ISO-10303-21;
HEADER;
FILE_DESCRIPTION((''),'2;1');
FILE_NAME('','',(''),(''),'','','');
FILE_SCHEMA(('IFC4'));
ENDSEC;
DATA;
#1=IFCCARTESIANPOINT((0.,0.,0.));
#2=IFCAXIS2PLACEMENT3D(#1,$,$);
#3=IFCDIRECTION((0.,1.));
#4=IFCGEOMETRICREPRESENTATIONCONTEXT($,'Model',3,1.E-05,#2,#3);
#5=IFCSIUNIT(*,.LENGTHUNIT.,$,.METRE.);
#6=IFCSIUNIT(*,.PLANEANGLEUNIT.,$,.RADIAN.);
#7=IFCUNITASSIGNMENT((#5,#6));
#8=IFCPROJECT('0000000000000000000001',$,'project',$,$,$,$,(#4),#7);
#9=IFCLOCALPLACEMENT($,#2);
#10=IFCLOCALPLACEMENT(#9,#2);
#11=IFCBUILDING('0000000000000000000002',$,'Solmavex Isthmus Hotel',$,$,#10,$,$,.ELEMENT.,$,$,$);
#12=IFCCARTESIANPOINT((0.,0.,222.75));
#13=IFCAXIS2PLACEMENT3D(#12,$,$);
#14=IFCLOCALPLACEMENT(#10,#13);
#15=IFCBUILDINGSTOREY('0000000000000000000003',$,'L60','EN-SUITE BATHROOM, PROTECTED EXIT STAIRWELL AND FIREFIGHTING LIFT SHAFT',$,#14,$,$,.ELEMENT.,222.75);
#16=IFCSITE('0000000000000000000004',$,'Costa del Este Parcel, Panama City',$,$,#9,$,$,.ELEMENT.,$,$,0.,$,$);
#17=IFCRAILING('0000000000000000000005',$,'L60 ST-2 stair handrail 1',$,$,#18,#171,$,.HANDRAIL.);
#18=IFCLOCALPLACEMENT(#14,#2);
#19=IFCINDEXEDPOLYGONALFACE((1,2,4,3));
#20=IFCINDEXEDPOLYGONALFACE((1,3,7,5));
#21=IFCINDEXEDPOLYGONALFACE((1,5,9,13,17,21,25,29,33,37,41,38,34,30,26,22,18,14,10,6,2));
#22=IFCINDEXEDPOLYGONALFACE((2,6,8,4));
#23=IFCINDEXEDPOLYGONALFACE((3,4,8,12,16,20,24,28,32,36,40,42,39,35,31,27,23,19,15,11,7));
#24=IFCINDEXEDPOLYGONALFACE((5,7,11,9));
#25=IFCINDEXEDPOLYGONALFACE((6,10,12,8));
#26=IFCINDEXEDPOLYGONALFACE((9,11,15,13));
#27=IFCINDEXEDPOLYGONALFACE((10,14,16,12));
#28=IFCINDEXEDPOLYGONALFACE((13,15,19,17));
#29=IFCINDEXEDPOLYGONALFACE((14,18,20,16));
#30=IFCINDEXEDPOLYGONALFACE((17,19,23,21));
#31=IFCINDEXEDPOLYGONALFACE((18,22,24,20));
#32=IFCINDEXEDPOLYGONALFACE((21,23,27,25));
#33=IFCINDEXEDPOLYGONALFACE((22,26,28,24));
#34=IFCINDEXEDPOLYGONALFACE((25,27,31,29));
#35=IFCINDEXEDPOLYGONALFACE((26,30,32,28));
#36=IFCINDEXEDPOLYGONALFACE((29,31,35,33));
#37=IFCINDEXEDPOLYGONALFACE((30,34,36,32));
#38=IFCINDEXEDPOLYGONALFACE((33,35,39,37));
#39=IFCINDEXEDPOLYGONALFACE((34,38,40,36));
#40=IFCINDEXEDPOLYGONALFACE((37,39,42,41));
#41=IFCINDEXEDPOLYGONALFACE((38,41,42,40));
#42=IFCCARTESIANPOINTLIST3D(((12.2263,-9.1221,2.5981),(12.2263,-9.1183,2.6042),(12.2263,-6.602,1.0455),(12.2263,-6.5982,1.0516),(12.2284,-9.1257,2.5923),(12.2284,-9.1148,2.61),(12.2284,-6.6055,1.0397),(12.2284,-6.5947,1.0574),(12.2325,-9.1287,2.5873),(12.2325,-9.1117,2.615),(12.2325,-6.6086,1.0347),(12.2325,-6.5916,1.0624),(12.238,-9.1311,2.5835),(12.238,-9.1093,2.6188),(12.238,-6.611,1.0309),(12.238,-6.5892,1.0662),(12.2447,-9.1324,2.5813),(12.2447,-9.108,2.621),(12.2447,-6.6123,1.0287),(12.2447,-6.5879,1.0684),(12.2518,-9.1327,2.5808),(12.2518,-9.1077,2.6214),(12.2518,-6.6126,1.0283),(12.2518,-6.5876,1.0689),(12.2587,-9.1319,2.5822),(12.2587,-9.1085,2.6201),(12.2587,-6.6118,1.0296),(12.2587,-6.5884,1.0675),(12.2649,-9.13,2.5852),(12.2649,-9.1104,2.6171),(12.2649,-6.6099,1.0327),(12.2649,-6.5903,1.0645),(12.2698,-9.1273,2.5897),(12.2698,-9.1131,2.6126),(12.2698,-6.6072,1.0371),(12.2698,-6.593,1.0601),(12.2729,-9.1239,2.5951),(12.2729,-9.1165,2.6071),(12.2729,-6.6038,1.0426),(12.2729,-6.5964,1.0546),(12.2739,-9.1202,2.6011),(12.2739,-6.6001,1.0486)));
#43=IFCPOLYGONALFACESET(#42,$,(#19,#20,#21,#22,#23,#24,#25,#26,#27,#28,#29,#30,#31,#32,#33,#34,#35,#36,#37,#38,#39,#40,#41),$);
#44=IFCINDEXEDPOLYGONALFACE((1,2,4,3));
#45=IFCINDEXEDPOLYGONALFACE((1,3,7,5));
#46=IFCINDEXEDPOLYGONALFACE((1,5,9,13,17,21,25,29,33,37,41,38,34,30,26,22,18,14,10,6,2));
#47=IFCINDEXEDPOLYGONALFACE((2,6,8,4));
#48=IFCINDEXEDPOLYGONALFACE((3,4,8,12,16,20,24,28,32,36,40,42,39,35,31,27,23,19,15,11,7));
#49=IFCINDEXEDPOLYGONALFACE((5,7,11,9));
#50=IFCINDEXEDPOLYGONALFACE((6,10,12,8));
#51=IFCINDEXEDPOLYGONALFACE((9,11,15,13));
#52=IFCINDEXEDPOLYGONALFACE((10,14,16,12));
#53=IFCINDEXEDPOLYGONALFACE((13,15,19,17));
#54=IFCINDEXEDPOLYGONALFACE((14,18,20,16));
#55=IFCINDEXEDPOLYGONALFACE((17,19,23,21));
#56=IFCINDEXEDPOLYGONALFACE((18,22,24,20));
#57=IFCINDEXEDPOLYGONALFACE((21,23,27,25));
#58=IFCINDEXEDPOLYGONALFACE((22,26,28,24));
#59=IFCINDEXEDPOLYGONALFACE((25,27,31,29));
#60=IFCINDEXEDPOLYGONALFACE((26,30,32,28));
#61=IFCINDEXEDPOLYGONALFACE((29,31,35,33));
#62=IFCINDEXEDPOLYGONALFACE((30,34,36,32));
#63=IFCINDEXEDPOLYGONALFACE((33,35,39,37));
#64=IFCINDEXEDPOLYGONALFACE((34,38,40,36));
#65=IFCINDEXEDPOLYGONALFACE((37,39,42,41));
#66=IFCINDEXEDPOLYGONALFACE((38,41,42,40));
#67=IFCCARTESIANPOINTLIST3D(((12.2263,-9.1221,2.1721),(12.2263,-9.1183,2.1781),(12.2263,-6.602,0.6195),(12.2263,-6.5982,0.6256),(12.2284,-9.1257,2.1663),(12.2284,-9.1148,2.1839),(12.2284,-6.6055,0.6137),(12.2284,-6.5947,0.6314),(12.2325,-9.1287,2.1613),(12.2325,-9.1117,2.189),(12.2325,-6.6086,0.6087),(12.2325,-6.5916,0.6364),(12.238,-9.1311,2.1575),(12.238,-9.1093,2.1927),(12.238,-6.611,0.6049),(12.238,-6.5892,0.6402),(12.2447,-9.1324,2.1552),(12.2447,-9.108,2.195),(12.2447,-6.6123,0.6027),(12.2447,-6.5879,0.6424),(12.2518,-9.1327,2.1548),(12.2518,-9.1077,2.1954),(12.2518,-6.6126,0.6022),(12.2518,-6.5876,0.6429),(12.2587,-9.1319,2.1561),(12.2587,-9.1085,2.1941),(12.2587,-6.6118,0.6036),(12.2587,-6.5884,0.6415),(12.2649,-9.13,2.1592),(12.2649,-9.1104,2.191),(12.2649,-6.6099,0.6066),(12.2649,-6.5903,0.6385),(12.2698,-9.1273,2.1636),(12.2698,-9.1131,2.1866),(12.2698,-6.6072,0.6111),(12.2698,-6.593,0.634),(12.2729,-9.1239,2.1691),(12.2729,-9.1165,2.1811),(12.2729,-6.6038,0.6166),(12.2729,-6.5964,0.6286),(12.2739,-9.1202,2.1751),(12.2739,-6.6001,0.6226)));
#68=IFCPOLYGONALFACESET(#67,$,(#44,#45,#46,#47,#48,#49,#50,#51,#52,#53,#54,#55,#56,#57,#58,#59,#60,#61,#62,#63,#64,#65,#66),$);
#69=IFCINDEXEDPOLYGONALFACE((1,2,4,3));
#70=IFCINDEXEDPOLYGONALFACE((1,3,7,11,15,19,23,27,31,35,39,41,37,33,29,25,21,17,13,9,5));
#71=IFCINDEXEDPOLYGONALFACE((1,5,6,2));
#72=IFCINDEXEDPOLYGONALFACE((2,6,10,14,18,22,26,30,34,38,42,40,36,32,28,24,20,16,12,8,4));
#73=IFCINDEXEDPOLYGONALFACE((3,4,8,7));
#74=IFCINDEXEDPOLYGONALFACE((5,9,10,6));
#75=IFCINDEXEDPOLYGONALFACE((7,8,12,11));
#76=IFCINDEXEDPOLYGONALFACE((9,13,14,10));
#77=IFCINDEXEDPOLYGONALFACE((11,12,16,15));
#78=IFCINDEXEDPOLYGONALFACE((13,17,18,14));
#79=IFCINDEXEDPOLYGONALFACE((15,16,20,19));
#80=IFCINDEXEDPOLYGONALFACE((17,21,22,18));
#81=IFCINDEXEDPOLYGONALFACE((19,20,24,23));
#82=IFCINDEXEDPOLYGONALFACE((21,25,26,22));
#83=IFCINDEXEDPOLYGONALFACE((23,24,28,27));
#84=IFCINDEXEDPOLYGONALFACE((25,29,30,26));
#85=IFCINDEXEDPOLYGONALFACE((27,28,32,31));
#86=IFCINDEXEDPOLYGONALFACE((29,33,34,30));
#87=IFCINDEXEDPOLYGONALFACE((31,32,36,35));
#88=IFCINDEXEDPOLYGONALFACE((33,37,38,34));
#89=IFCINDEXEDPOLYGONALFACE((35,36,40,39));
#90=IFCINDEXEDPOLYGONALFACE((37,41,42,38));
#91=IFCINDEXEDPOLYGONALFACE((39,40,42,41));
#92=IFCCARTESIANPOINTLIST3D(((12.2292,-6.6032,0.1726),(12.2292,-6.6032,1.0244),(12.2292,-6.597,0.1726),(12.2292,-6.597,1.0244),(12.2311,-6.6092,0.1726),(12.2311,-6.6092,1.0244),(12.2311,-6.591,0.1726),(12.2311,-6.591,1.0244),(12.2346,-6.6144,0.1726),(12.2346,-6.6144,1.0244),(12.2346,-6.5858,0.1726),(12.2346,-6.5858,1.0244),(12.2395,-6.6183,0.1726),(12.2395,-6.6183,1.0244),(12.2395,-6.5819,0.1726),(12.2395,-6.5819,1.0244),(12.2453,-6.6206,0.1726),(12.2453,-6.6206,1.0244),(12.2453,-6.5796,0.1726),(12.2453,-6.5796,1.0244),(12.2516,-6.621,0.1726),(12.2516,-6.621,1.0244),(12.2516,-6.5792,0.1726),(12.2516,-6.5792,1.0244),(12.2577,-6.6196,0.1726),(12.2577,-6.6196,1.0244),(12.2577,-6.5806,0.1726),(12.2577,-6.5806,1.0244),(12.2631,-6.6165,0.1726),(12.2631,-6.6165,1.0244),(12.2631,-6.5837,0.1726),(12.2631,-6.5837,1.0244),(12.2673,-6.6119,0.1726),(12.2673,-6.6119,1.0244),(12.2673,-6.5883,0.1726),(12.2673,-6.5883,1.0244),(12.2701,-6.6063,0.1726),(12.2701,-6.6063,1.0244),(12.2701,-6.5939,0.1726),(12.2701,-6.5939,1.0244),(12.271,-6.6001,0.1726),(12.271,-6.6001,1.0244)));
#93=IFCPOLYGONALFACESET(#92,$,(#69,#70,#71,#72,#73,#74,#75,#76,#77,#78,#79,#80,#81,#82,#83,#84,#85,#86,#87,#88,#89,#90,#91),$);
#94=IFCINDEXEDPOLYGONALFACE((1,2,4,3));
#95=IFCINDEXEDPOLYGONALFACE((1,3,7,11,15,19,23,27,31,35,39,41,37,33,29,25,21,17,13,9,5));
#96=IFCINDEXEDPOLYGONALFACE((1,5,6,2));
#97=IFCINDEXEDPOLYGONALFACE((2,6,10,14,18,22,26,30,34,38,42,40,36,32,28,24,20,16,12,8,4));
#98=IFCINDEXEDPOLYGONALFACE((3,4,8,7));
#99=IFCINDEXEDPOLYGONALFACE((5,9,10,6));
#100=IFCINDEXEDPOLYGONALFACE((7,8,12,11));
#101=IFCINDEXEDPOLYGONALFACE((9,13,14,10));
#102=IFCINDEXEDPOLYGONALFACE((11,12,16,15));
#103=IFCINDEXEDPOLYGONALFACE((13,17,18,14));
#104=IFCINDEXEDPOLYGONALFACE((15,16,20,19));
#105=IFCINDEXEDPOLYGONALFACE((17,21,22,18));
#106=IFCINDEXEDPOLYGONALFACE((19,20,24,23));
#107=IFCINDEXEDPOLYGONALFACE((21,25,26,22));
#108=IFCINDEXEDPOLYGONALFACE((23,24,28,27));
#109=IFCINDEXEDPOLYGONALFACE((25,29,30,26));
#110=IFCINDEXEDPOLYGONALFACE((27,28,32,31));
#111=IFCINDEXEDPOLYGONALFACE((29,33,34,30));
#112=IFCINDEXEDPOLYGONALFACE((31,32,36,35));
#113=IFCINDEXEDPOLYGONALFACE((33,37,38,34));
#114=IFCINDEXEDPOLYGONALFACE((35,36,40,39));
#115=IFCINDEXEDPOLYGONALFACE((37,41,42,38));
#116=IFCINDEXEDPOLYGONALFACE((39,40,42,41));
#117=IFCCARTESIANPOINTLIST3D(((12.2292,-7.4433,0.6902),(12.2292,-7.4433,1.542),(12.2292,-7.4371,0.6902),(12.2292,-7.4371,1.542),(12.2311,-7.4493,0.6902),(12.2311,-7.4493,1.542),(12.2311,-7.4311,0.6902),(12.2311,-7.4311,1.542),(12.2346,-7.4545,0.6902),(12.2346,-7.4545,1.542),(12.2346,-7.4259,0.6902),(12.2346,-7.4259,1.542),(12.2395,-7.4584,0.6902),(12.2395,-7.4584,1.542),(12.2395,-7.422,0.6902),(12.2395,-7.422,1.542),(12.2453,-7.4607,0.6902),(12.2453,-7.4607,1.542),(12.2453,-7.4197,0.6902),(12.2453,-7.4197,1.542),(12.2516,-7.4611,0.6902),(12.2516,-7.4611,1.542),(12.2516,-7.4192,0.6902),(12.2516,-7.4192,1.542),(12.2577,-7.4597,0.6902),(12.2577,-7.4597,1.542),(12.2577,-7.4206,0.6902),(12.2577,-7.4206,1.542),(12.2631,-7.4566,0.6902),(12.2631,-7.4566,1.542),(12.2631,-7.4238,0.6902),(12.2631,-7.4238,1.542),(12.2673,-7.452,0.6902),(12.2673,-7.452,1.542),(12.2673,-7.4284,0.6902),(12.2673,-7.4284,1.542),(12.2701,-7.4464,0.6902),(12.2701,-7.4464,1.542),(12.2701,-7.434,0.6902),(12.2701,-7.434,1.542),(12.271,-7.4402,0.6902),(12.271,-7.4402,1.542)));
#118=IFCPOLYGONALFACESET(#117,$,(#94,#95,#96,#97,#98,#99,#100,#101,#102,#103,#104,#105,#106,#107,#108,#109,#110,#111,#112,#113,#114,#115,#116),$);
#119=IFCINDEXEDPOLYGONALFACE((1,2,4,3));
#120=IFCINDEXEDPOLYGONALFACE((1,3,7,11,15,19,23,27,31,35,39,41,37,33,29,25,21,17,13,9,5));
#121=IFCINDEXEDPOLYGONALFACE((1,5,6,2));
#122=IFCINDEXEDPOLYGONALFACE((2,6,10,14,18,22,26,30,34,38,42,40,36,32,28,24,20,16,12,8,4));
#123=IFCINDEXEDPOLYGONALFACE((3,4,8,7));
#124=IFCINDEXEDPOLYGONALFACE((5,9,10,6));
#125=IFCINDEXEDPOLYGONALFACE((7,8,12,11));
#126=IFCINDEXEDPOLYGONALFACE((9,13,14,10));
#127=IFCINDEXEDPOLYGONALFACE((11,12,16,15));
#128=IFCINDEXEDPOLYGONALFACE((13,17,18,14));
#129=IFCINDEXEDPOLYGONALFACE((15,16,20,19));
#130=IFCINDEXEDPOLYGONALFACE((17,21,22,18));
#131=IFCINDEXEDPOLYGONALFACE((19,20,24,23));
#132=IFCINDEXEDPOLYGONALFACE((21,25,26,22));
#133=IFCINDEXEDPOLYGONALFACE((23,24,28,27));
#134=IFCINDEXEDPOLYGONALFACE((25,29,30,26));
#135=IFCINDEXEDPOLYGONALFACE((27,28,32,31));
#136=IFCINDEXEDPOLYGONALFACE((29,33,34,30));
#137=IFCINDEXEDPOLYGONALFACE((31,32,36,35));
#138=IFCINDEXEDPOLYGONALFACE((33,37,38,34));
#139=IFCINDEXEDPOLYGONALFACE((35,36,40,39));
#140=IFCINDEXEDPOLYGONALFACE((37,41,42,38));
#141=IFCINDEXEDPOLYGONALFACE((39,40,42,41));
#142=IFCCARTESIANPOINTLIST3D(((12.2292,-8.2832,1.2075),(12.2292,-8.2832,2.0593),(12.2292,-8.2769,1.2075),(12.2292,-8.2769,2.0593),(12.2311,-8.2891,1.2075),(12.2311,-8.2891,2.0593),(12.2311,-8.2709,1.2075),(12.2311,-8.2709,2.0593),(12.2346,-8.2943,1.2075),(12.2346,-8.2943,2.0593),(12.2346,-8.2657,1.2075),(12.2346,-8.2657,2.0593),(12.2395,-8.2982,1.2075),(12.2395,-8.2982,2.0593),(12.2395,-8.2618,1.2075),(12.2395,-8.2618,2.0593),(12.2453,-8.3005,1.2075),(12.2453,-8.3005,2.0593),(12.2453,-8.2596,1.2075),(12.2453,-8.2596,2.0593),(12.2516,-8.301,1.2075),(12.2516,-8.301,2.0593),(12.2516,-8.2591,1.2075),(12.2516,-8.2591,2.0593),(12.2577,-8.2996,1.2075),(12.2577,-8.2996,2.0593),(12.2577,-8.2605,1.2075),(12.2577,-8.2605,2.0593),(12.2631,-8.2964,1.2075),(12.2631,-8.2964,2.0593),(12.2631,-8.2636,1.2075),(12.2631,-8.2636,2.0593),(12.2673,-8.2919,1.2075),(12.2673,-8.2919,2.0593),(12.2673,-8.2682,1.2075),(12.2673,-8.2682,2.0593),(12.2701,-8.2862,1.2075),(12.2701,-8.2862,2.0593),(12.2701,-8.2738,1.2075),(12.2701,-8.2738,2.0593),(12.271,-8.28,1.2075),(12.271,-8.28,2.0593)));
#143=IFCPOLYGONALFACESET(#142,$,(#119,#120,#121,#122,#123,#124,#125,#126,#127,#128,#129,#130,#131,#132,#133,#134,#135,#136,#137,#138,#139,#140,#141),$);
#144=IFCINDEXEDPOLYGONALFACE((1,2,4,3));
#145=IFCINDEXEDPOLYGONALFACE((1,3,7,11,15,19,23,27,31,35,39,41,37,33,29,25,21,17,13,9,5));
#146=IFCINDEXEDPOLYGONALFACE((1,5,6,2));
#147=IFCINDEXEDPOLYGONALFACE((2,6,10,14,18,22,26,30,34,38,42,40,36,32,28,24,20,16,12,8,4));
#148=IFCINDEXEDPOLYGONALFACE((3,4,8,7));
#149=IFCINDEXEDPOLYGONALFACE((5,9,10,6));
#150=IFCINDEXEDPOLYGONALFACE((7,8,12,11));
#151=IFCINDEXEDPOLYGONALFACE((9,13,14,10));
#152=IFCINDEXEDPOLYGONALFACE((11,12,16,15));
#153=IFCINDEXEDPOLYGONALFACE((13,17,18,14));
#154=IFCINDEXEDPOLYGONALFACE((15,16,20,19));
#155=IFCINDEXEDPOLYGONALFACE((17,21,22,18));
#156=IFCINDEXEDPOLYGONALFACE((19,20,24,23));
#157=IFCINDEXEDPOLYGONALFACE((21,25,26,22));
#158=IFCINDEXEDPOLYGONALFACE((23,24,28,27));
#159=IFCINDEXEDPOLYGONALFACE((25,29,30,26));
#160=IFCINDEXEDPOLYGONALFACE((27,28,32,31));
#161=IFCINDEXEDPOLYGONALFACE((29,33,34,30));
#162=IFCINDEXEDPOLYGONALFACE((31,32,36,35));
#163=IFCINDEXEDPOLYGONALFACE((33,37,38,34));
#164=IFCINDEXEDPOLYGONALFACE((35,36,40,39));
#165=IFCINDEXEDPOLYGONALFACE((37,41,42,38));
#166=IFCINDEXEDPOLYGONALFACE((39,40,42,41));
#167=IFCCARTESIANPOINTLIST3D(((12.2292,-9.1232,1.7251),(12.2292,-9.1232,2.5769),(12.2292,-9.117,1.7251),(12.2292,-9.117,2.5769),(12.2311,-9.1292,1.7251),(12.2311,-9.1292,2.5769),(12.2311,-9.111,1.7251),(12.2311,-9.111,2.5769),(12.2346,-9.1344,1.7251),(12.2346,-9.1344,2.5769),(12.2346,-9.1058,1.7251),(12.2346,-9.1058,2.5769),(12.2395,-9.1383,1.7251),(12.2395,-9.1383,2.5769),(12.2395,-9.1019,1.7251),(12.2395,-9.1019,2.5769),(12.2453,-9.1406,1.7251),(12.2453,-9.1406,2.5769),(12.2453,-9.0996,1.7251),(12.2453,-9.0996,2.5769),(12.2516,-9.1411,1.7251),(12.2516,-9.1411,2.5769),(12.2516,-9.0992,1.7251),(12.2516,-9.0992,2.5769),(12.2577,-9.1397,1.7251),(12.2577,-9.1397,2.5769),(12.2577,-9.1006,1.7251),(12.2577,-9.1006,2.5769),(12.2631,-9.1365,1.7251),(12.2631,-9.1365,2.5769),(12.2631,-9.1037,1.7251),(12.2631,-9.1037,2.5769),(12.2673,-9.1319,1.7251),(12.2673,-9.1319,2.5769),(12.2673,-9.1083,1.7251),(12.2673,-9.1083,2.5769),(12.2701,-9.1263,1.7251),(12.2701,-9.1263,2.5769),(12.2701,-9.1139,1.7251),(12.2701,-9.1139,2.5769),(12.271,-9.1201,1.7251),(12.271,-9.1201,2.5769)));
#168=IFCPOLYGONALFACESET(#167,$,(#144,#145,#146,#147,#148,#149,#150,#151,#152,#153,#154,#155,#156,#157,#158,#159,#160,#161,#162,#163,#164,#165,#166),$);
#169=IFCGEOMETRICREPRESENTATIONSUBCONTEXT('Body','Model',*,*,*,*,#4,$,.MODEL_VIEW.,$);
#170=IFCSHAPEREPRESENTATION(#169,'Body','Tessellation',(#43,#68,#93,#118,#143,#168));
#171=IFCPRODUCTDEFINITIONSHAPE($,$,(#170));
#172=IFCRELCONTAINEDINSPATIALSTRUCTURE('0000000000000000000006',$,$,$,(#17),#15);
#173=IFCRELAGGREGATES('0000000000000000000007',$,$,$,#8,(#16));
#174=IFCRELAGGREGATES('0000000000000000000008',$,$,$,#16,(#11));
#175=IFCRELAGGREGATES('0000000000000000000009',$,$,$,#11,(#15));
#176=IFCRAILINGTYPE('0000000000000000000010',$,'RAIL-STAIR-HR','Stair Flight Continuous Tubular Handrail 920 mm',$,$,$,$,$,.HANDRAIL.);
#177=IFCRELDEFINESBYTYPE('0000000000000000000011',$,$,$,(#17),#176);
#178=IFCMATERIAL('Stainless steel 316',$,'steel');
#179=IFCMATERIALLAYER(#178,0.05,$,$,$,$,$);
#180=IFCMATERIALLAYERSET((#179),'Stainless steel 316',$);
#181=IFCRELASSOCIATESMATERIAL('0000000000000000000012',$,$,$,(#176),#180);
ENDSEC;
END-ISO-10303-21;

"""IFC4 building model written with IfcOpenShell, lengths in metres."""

from ifc_helpers import new_model, si_unit, direction, frame, origin, origin_2d, place, context, subcontext, project, spatial, circle, extrude, material, layer, layer_set, type_object, element, save


model = new_model("IFC4")

# Units and contexts
model_context = context("Model", 3, precision=1e-05, world=origin(), true_north=direction((0.0, 1.0)))
body_context = subcontext(model_context, "Body", "Model", "MODEL_VIEW")
ifc_project = project(units=[si_unit("LENGTHUNIT", "METRE"), si_unit("PLANEANGLEUNIT", "RADIAN")], contexts=[model_context])

# Site, building, storey
site_placement = place(None, origin())
site = spatial("IfcSite", under=ifc_project, at=site_placement, Name="Costa del Este Parcel, Panama City", CompositionType="ELEMENT", RefElevation=0.0)
building_placement = place(site_placement, origin())
building = spatial("IfcBuilding", under=site, at=building_placement, Name="Solmavex Isthmus Hotel", CompositionType="ELEMENT")
storey_placement = place(building_placement, frame((0.0, 0.0, 222.75)))
storey = spatial("IfcBuildingStorey", under=building, at=storey_placement, Name="L60", Description="EN-SUITE BATHROOM, PROTECTED EXIT STAIRWELL AND FIREFIGHTING LIFT SHAFT", CompositionType="ELEMENT", Elevation=222.75)

# Railing
ifc_material_1 = material(Name="Stainless steel 316", Category="steel")
ifc_layer_1 = layer(ifc_material_1, 0.05)
ifc_layer_set_1 = layer_set([ifc_layer_1], Name="Stainless steel 316")
railing_type_1 = type_object("IfcRailingType", Name="RAIL-STAIR-HR", Description="Stair Flight Continuous Tubular Handrail 920 mm", PredefinedType="HANDRAIL", material=ifc_layer_set_1)
railing_1_placement = place(storey_placement, frame((12.25, -6.6001, 0.1726)))
element("IfcRailing", 1, at=railing_1_placement, inside=storey, type_object=railing_type_1, Name="L60 ST-2 stair handrail 1", PredefinedType="HANDRAIL", context=body_context, shape_type="SweptSolid", body=[
    extrude(circle(Radius=0.0239, at=origin_2d()), frame((0.0, 0.0, 0.876), z_axis=(0.0, -0.8514, 0.524516), x_axis=(1.0, 0.0, 0.0)), (0.0, 0.0, 1.0), 2.96),
    extrude(circle(Radius=0.0239, at=origin_2d()), frame((0.0, 0.0, 0.45), z_axis=(0.0, -0.8514, 0.524516), x_axis=(1.0, 0.0, 0.0)), (0.0, 0.0, 1.0), 2.96),
    extrude(circle(Radius=0.021, at=origin_2d()), origin(), (0.0, 0.0, 1.0), 0.8518),
    extrude(circle(Radius=0.021, at=origin_2d()), frame((0.0, -0.8401, 0.5176)), (0.0, 0.0, 1.0), 0.8518),
    extrude(circle(Radius=0.021, at=origin_2d()), frame((0.0, -1.6799, 1.0349)), (0.0, 0.0, 1.0), 0.8518),
    extrude(circle(Radius=0.021, at=origin_2d()), frame((0.0, -2.52, 1.5525)), (0.0, 0.0, 1.0), 0.8518),
])

save(model, "model.ifc")
